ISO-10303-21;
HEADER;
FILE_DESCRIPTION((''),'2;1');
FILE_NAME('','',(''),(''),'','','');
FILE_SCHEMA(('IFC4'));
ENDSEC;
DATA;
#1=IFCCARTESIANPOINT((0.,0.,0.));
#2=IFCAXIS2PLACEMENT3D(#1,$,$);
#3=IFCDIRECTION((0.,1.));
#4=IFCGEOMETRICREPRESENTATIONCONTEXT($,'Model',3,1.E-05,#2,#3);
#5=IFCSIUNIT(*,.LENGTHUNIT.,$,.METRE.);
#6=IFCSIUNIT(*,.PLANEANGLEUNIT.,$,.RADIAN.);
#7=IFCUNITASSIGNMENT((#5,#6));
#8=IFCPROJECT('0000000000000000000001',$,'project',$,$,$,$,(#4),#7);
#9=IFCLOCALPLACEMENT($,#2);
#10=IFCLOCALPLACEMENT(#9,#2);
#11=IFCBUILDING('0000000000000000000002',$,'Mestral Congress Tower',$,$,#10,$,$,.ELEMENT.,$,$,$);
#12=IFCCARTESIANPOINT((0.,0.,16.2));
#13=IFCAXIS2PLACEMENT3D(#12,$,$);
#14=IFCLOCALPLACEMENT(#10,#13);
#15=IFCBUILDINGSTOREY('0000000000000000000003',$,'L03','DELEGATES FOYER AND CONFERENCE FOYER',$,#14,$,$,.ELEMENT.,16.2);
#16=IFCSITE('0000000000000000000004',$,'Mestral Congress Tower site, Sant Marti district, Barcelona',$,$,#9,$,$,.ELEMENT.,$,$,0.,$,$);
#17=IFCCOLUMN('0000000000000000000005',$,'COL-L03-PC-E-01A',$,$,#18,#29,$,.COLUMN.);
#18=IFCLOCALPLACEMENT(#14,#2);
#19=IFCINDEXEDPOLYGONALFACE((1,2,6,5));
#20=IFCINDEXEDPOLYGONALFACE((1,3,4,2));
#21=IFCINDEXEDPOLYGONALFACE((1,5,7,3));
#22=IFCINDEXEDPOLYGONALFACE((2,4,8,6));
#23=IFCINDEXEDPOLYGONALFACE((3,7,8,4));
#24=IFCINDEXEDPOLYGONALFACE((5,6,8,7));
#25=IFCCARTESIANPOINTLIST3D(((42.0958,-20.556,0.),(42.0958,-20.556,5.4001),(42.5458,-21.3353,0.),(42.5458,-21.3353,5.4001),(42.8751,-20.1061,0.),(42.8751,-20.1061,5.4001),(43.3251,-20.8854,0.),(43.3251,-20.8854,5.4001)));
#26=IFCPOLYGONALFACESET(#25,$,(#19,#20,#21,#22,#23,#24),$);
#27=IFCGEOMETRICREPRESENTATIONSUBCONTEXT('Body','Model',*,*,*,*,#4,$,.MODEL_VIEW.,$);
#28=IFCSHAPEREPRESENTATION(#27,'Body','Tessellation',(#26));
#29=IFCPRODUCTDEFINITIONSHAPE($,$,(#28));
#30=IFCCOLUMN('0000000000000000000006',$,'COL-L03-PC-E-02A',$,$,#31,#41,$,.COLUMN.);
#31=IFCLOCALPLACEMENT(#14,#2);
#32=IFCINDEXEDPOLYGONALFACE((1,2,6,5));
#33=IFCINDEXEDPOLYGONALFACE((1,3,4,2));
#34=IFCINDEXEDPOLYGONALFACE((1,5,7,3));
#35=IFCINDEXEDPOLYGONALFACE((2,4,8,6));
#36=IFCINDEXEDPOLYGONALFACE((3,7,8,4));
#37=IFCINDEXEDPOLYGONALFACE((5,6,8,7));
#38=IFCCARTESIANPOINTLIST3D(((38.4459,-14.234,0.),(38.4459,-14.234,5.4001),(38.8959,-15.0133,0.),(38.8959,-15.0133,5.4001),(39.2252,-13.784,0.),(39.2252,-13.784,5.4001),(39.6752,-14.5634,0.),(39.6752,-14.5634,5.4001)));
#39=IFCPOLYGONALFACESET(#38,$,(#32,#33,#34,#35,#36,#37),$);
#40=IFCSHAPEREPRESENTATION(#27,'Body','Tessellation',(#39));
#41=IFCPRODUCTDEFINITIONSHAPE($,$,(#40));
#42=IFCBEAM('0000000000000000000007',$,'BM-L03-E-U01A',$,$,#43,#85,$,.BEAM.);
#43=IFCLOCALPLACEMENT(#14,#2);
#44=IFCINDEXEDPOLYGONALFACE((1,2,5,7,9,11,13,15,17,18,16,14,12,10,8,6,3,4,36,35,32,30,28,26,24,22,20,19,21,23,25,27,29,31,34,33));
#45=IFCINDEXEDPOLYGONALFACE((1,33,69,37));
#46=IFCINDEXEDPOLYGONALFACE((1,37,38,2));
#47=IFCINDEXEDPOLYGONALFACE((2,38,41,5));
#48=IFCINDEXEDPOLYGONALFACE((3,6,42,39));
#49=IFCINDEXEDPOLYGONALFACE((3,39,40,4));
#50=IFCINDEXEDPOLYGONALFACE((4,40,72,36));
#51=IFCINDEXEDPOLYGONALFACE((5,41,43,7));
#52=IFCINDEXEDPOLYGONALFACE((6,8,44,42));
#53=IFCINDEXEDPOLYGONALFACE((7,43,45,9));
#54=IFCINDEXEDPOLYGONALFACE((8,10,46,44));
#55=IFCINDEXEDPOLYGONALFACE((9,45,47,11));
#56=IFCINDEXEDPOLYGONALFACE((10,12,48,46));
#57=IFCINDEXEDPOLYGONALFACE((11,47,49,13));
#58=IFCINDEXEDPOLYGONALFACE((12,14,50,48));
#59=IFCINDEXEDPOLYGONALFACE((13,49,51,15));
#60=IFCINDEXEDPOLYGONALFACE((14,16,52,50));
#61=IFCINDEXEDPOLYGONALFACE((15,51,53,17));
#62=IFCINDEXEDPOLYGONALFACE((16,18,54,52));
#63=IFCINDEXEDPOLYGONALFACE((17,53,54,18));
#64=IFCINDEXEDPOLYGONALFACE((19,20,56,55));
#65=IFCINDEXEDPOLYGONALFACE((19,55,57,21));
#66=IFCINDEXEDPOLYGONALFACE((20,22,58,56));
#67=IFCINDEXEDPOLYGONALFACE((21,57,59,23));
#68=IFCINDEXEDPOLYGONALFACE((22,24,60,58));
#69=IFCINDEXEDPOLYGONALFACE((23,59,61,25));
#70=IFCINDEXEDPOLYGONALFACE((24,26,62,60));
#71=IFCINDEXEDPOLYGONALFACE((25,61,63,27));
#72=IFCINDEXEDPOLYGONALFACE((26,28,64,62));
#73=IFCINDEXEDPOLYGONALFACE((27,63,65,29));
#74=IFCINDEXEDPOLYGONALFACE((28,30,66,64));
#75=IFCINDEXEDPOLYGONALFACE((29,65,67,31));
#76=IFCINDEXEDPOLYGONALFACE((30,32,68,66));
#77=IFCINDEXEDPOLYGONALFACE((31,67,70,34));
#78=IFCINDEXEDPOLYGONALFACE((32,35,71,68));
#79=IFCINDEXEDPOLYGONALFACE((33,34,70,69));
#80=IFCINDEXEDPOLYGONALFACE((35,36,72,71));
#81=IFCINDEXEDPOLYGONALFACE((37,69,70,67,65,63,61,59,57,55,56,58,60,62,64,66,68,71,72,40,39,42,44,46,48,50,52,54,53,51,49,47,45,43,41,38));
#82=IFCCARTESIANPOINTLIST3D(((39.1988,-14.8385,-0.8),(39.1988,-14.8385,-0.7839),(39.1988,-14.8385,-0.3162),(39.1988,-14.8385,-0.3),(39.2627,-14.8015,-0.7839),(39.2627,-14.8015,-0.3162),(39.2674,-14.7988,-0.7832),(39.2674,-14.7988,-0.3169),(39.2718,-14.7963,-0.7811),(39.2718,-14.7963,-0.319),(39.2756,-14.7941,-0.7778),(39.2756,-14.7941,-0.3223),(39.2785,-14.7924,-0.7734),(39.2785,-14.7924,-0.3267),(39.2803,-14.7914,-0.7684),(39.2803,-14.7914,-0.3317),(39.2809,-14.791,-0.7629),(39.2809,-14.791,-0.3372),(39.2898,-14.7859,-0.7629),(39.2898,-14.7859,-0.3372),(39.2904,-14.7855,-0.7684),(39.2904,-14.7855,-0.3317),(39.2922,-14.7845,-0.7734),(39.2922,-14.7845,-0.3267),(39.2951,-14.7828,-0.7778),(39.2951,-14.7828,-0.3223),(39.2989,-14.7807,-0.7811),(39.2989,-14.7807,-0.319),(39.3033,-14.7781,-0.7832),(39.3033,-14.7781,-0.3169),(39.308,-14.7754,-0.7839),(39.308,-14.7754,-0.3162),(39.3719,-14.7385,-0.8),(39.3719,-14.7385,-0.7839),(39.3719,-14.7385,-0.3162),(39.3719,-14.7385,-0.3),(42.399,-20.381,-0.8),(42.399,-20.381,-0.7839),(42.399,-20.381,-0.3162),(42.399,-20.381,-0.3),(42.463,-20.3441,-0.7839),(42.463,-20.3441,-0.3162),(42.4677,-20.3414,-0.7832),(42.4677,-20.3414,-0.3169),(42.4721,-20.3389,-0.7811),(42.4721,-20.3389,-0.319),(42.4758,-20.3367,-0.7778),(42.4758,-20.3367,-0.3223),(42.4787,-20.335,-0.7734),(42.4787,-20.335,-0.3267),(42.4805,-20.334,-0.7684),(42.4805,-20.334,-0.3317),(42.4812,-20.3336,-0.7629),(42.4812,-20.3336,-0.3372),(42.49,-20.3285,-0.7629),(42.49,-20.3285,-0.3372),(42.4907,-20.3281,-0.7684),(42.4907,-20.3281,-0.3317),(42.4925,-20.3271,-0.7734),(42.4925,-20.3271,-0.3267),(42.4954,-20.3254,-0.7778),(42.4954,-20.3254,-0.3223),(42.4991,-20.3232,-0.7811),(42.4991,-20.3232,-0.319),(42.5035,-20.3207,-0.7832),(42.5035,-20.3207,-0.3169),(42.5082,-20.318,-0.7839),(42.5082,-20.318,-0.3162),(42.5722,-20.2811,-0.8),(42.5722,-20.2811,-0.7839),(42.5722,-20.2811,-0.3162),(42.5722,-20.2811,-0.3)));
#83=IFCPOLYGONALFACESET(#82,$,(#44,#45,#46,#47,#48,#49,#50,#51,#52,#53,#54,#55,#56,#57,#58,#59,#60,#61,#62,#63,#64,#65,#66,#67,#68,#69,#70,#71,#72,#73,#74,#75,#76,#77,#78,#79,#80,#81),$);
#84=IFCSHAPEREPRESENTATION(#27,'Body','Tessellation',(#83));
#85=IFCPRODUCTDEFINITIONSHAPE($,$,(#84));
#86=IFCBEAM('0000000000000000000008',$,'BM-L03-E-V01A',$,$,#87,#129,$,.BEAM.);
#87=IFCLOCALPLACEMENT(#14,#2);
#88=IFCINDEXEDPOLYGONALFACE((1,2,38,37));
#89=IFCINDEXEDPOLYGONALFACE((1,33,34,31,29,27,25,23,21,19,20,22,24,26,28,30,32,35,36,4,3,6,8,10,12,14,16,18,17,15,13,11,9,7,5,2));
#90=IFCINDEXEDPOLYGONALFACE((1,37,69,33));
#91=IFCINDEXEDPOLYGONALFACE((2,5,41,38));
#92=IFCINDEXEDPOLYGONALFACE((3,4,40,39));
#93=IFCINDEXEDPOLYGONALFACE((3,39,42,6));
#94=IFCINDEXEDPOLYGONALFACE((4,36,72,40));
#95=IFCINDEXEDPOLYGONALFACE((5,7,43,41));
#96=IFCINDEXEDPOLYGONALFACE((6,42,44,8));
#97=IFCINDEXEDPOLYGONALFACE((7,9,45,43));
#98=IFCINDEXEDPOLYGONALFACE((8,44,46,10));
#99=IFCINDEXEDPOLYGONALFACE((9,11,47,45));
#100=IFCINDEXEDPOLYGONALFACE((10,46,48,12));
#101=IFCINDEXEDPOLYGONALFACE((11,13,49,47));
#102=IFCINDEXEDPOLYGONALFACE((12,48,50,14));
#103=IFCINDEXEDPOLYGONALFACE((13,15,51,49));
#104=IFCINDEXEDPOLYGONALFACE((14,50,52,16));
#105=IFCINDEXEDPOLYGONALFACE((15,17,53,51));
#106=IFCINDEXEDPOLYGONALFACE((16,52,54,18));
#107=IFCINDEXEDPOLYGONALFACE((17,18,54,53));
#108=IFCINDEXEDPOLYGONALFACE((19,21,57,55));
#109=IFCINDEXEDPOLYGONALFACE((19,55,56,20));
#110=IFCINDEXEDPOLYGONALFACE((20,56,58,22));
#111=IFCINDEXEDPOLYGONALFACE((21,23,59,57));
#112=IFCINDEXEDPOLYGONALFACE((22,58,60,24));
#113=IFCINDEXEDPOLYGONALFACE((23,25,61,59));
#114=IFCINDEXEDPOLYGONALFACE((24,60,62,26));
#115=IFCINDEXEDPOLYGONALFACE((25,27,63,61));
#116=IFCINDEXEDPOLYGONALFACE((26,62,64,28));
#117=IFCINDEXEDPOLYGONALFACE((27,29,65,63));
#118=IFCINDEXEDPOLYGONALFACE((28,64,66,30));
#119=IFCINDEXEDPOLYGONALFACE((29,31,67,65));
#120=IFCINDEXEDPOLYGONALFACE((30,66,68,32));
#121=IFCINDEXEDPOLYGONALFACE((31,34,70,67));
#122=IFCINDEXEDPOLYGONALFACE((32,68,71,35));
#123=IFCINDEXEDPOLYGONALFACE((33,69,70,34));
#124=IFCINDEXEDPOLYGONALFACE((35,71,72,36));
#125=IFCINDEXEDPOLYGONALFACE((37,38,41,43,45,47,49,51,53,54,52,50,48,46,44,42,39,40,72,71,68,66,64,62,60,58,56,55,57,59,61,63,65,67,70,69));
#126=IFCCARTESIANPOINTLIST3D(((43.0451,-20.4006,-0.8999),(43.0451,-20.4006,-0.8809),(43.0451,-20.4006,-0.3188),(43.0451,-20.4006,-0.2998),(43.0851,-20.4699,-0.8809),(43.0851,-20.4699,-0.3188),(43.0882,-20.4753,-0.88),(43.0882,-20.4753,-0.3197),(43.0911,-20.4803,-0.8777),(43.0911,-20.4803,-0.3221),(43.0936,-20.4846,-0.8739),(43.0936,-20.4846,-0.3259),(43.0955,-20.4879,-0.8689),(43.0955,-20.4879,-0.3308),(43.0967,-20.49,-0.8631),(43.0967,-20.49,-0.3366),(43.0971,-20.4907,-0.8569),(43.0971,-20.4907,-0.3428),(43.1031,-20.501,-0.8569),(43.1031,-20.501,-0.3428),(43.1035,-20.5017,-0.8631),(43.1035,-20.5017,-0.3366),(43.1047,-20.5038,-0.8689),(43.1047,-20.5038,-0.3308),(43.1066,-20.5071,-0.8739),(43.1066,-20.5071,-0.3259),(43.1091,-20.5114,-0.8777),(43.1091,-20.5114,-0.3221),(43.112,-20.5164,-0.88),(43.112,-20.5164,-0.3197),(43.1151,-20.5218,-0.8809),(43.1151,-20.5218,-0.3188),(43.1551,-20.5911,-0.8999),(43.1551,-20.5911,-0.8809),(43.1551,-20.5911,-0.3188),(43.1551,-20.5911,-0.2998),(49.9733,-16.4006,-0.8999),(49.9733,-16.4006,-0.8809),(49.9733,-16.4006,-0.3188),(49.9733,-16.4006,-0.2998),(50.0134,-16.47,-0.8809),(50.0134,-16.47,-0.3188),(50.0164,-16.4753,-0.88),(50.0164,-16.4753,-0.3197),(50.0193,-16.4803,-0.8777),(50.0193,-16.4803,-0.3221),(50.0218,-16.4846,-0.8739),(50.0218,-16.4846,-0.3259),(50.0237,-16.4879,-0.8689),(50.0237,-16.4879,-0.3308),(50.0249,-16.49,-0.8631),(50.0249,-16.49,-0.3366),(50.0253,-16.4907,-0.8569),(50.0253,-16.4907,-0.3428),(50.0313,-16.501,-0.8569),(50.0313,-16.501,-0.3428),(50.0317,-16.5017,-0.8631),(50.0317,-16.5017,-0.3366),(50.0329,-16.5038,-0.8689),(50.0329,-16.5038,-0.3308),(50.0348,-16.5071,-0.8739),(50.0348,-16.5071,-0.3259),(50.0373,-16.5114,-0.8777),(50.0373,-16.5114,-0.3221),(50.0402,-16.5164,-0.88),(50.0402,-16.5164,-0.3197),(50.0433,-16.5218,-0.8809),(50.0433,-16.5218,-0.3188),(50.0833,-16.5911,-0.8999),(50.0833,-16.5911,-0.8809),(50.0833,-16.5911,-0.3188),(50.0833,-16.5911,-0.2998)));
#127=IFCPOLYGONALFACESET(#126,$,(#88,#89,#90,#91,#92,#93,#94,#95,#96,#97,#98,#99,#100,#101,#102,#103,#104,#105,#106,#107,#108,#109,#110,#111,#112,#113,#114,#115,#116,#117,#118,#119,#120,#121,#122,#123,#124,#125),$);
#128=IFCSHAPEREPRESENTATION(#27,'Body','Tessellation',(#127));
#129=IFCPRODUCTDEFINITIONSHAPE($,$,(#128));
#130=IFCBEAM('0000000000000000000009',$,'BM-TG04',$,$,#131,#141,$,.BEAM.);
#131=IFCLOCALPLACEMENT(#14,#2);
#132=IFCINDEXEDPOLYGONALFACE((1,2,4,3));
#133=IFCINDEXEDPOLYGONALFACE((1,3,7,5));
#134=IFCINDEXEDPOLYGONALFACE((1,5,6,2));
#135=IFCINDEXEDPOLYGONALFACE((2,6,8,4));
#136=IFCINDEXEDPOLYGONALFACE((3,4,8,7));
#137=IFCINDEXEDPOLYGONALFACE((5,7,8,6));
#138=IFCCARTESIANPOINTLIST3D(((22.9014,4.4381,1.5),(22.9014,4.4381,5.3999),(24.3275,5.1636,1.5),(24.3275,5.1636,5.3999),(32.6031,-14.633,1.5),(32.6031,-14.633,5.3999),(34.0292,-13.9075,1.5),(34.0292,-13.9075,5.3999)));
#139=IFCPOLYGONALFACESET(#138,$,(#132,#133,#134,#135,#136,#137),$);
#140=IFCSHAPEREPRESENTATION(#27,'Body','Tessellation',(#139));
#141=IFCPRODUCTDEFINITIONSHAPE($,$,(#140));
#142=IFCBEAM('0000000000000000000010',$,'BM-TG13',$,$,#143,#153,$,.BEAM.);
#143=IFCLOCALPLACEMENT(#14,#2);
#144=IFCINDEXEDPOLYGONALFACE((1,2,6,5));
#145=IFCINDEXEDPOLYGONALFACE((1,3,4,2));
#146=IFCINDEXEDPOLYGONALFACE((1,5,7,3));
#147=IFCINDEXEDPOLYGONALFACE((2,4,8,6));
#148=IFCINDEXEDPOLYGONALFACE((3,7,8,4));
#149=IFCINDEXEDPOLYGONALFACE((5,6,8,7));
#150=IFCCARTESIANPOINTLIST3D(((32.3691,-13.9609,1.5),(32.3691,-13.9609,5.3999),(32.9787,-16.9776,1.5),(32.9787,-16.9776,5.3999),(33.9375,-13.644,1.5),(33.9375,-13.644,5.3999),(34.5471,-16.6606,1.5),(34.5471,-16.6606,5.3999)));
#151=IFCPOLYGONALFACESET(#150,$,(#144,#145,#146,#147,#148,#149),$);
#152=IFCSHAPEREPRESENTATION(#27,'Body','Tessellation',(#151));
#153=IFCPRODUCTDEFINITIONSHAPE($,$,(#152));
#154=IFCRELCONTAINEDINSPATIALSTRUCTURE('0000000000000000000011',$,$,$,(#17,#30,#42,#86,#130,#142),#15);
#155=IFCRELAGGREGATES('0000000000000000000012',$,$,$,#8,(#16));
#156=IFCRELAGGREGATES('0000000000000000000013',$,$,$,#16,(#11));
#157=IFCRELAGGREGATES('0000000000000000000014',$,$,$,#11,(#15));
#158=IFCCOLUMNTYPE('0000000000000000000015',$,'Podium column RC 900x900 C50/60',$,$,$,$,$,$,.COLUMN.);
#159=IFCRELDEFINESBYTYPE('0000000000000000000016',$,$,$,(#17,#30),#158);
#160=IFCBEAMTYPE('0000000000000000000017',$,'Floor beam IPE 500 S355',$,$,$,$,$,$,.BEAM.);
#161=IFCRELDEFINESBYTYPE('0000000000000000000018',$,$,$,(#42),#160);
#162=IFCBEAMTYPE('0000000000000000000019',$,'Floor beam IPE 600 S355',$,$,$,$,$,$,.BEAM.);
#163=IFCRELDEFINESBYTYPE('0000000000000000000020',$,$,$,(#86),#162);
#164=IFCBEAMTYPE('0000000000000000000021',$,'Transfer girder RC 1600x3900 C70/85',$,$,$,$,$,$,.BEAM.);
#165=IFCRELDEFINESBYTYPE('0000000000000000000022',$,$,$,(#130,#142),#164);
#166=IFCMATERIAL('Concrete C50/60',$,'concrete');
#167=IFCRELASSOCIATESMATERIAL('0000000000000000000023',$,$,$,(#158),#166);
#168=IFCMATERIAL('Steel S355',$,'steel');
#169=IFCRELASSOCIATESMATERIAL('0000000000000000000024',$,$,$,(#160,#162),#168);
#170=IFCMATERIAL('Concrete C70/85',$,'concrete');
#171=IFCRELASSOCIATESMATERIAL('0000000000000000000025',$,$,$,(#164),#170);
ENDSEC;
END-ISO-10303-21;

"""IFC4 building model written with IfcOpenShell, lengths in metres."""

from ifc_helpers import new_model, si_unit, direction, frame, origin, origin_2d, place, context, subcontext, project, spatial, rectangle, i_section, extrude, material, material_profile, profile_set, type_object, element, save


model = new_model("IFC4")

# Units and contexts
model_context = context("Model", 3, precision=1e-05, world=origin(), true_north=direction((0.0, 1.0)))
body_context = subcontext(model_context, "Body", "Model", "MODEL_VIEW")
ifc_project = project(units=[si_unit("LENGTHUNIT", "METRE"), si_unit("PLANEANGLEUNIT", "RADIAN")], contexts=[model_context])

# Site, building, storey
site_placement = place(None, origin())
site = spatial("IfcSite", under=ifc_project, at=site_placement, Name="Mestral Congress Tower site, Sant Marti district, Barcelona", CompositionType="ELEMENT", RefElevation=0.0)
building_placement = place(site_placement, origin())
building = spatial("IfcBuilding", under=site, at=building_placement, Name="Mestral Congress Tower", CompositionType="ELEMENT")
storey_placement = place(building_placement, frame((0.0, 0.0, 16.2)))
storey = spatial("IfcBuildingStorey", under=building, at=storey_placement, Name="L03", Description="DELEGATES FOYER AND CONFERENCE FOYER", CompositionType="ELEMENT", Elevation=16.2)

# Columns
ifc_material_1 = material(Name="Concrete C50/60", Category="concrete")
ifc_material_profile_1 = material_profile(ifc_material_1, rectangle(XDim=0.8999, YDim=0.8999, at=origin_2d()), Name="RC 900x900")
ifc_profile_set_1 = profile_set([ifc_material_profile_1], Name="Concrete C50/60")
column_type = type_object("IfcColumnType", Name="Podium column RC 900x900 C50/60", PredefinedType="COLUMN", material=ifc_profile_set_1)
for number, where, z_axis, x_axis, name in (
    (1, (42.7104, -20.7207, 0.0), (0.0, 0.0, 1.0), (-0.5, 0.866025, 0.0), "COL-L03-PC-E-01A"),
    (2, (39.0605, -14.3987, 0.0), (0.0, 0.0, 1.0), (-0.5, 0.866025, 0.0), "COL-L03-PC-E-02A"),
):
    element("IfcColumn", number, at=place(storey_placement, frame(where, z_axis=z_axis, x_axis=x_axis)), inside=storey, type_object=column_type, Name=name, PredefinedType="COLUMN", context=body_context, shape_type="SweptSolid", body=[
        extrude(rectangle(XDim=0.8999, YDim=0.8999, at=origin_2d()), origin(), (0.0, 0.0, 1.0), 5.4001),
    ])

# Beams
ifc_material_2 = material(Name="Steel S355", Category="steel")
ifc_material_profile_2 = material_profile(ifc_material_2, i_section(OverallWidth=0.2, OverallDepth=0.5, WebThickness=0.0103, FlangeThickness=0.0161, FilletRadius=0.021, at=origin_2d()), Name="IPE 500")
ifc_profile_set_2 = profile_set([ifc_material_profile_2], Name="Steel S355")
beam_type_1 = type_object("IfcBeamType", Name="Floor beam IPE 500 S355", PredefinedType="BEAM", material=ifc_profile_set_2)
beam_1_placement = place(storey_placement, frame((42.4856, -20.3311, -0.55), z_axis=(-0.500028, 0.866009, 0.0), x_axis=(-0.866009, -0.500028, 0.0)))
element("IfcBeam", 3, at=beam_1_placement, inside=storey, type_object=beam_type_1, Name="BM-L03-E-U01A", PredefinedType="BEAM", context=body_context, shape_type="SweptSolid", body=[
    extrude(i_section(OverallWidth=0.2, OverallDepth=0.5, WebThickness=0.0103, FlangeThickness=0.0161, FilletRadius=0.021, at=origin_2d()), origin(), (0.0, 0.0, 1.0), 6.4001),
])
ifc_material_profile_3 = material_profile(ifc_material_2, i_section(OverallWidth=0.22, OverallDepth=0.6001, WebThickness=0.012, FlangeThickness=0.019, FilletRadius=0.0239, at=origin_2d()), Name="IPE 600")
ifc_profile_set_3 = profile_set([ifc_material_profile_3], Name="Steel S355")
beam_type_2 = type_object("IfcBeamType", Name="Floor beam IPE 600 S355", PredefinedType="BEAM", material=ifc_profile_set_3)
beam_2_placement = place(storey_placement, frame((43.1001, -20.4958, -0.5999), z_axis=(0.866026, 0.499999, 0.0), x_axis=(-0.499999, 0.866026, 0.0)))
element("IfcBeam", 4, at=beam_2_placement, inside=storey, type_object=beam_type_2, Name="BM-L03-E-V01A", PredefinedType="BEAM", context=body_context, shape_type="SweptSolid", body=[
    extrude(i_section(OverallWidth=0.22, OverallDepth=0.6001, WebThickness=0.012, FlangeThickness=0.019, FilletRadius=0.0239, at=origin_2d()), origin(), (0.0, 0.0, 1.0), 8.0),
])
ifc_material_3 = material(Name="Concrete C70/85", Category="concrete")
ifc_material_profile_4 = material_profile(ifc_material_3, rectangle(XDim=1.6001, YDim=3.8999, at=origin_2d()), Name="RC 1600x3900")
ifc_profile_set_4 = profile_set([ifc_material_profile_4], Name="Concrete C70/85")
beam_type_3 = type_object("IfcBeamType", Name="Transfer girder RC 1600x3900 C70/85", PredefinedType="BEAM", material=ifc_profile_set_4)
beam_3_placement = place(storey_placement, frame((33.3162, -14.2703, 3.45), z_axis=(-0.453414, 0.8913, 0.0), x_axis=(-0.8913, -0.453414, 0.0)))
element("IfcBeam", 5, at=beam_3_placement, inside=storey, type_object=beam_type_3, Name="BM-TG04", PredefinedType="BEAM", context=body_context, shape_type="SweptSolid", body=[
    extrude(rectangle(XDim=1.6001, YDim=3.8999, at=origin_2d()), origin(), (0.0, 0.0, 1.0), 21.397),
])
beam_4_placement = place(storey_placement, frame((33.7629, -16.8191, 3.45), z_axis=(-0.198084, 0.980185, 0.0), x_axis=(-0.980185, -0.198084, 0.0)))
element("IfcBeam", 6, at=beam_4_placement, inside=storey, type_object=beam_type_3, Name="BM-TG13", PredefinedType="BEAM", context=body_context, shape_type="SweptSolid", body=[
    extrude(rectangle(XDim=1.6001, YDim=3.8999, at=origin_2d()), origin(), (0.0, 0.0, 1.0), 3.0776),
])

save(model, "model.ifc")
